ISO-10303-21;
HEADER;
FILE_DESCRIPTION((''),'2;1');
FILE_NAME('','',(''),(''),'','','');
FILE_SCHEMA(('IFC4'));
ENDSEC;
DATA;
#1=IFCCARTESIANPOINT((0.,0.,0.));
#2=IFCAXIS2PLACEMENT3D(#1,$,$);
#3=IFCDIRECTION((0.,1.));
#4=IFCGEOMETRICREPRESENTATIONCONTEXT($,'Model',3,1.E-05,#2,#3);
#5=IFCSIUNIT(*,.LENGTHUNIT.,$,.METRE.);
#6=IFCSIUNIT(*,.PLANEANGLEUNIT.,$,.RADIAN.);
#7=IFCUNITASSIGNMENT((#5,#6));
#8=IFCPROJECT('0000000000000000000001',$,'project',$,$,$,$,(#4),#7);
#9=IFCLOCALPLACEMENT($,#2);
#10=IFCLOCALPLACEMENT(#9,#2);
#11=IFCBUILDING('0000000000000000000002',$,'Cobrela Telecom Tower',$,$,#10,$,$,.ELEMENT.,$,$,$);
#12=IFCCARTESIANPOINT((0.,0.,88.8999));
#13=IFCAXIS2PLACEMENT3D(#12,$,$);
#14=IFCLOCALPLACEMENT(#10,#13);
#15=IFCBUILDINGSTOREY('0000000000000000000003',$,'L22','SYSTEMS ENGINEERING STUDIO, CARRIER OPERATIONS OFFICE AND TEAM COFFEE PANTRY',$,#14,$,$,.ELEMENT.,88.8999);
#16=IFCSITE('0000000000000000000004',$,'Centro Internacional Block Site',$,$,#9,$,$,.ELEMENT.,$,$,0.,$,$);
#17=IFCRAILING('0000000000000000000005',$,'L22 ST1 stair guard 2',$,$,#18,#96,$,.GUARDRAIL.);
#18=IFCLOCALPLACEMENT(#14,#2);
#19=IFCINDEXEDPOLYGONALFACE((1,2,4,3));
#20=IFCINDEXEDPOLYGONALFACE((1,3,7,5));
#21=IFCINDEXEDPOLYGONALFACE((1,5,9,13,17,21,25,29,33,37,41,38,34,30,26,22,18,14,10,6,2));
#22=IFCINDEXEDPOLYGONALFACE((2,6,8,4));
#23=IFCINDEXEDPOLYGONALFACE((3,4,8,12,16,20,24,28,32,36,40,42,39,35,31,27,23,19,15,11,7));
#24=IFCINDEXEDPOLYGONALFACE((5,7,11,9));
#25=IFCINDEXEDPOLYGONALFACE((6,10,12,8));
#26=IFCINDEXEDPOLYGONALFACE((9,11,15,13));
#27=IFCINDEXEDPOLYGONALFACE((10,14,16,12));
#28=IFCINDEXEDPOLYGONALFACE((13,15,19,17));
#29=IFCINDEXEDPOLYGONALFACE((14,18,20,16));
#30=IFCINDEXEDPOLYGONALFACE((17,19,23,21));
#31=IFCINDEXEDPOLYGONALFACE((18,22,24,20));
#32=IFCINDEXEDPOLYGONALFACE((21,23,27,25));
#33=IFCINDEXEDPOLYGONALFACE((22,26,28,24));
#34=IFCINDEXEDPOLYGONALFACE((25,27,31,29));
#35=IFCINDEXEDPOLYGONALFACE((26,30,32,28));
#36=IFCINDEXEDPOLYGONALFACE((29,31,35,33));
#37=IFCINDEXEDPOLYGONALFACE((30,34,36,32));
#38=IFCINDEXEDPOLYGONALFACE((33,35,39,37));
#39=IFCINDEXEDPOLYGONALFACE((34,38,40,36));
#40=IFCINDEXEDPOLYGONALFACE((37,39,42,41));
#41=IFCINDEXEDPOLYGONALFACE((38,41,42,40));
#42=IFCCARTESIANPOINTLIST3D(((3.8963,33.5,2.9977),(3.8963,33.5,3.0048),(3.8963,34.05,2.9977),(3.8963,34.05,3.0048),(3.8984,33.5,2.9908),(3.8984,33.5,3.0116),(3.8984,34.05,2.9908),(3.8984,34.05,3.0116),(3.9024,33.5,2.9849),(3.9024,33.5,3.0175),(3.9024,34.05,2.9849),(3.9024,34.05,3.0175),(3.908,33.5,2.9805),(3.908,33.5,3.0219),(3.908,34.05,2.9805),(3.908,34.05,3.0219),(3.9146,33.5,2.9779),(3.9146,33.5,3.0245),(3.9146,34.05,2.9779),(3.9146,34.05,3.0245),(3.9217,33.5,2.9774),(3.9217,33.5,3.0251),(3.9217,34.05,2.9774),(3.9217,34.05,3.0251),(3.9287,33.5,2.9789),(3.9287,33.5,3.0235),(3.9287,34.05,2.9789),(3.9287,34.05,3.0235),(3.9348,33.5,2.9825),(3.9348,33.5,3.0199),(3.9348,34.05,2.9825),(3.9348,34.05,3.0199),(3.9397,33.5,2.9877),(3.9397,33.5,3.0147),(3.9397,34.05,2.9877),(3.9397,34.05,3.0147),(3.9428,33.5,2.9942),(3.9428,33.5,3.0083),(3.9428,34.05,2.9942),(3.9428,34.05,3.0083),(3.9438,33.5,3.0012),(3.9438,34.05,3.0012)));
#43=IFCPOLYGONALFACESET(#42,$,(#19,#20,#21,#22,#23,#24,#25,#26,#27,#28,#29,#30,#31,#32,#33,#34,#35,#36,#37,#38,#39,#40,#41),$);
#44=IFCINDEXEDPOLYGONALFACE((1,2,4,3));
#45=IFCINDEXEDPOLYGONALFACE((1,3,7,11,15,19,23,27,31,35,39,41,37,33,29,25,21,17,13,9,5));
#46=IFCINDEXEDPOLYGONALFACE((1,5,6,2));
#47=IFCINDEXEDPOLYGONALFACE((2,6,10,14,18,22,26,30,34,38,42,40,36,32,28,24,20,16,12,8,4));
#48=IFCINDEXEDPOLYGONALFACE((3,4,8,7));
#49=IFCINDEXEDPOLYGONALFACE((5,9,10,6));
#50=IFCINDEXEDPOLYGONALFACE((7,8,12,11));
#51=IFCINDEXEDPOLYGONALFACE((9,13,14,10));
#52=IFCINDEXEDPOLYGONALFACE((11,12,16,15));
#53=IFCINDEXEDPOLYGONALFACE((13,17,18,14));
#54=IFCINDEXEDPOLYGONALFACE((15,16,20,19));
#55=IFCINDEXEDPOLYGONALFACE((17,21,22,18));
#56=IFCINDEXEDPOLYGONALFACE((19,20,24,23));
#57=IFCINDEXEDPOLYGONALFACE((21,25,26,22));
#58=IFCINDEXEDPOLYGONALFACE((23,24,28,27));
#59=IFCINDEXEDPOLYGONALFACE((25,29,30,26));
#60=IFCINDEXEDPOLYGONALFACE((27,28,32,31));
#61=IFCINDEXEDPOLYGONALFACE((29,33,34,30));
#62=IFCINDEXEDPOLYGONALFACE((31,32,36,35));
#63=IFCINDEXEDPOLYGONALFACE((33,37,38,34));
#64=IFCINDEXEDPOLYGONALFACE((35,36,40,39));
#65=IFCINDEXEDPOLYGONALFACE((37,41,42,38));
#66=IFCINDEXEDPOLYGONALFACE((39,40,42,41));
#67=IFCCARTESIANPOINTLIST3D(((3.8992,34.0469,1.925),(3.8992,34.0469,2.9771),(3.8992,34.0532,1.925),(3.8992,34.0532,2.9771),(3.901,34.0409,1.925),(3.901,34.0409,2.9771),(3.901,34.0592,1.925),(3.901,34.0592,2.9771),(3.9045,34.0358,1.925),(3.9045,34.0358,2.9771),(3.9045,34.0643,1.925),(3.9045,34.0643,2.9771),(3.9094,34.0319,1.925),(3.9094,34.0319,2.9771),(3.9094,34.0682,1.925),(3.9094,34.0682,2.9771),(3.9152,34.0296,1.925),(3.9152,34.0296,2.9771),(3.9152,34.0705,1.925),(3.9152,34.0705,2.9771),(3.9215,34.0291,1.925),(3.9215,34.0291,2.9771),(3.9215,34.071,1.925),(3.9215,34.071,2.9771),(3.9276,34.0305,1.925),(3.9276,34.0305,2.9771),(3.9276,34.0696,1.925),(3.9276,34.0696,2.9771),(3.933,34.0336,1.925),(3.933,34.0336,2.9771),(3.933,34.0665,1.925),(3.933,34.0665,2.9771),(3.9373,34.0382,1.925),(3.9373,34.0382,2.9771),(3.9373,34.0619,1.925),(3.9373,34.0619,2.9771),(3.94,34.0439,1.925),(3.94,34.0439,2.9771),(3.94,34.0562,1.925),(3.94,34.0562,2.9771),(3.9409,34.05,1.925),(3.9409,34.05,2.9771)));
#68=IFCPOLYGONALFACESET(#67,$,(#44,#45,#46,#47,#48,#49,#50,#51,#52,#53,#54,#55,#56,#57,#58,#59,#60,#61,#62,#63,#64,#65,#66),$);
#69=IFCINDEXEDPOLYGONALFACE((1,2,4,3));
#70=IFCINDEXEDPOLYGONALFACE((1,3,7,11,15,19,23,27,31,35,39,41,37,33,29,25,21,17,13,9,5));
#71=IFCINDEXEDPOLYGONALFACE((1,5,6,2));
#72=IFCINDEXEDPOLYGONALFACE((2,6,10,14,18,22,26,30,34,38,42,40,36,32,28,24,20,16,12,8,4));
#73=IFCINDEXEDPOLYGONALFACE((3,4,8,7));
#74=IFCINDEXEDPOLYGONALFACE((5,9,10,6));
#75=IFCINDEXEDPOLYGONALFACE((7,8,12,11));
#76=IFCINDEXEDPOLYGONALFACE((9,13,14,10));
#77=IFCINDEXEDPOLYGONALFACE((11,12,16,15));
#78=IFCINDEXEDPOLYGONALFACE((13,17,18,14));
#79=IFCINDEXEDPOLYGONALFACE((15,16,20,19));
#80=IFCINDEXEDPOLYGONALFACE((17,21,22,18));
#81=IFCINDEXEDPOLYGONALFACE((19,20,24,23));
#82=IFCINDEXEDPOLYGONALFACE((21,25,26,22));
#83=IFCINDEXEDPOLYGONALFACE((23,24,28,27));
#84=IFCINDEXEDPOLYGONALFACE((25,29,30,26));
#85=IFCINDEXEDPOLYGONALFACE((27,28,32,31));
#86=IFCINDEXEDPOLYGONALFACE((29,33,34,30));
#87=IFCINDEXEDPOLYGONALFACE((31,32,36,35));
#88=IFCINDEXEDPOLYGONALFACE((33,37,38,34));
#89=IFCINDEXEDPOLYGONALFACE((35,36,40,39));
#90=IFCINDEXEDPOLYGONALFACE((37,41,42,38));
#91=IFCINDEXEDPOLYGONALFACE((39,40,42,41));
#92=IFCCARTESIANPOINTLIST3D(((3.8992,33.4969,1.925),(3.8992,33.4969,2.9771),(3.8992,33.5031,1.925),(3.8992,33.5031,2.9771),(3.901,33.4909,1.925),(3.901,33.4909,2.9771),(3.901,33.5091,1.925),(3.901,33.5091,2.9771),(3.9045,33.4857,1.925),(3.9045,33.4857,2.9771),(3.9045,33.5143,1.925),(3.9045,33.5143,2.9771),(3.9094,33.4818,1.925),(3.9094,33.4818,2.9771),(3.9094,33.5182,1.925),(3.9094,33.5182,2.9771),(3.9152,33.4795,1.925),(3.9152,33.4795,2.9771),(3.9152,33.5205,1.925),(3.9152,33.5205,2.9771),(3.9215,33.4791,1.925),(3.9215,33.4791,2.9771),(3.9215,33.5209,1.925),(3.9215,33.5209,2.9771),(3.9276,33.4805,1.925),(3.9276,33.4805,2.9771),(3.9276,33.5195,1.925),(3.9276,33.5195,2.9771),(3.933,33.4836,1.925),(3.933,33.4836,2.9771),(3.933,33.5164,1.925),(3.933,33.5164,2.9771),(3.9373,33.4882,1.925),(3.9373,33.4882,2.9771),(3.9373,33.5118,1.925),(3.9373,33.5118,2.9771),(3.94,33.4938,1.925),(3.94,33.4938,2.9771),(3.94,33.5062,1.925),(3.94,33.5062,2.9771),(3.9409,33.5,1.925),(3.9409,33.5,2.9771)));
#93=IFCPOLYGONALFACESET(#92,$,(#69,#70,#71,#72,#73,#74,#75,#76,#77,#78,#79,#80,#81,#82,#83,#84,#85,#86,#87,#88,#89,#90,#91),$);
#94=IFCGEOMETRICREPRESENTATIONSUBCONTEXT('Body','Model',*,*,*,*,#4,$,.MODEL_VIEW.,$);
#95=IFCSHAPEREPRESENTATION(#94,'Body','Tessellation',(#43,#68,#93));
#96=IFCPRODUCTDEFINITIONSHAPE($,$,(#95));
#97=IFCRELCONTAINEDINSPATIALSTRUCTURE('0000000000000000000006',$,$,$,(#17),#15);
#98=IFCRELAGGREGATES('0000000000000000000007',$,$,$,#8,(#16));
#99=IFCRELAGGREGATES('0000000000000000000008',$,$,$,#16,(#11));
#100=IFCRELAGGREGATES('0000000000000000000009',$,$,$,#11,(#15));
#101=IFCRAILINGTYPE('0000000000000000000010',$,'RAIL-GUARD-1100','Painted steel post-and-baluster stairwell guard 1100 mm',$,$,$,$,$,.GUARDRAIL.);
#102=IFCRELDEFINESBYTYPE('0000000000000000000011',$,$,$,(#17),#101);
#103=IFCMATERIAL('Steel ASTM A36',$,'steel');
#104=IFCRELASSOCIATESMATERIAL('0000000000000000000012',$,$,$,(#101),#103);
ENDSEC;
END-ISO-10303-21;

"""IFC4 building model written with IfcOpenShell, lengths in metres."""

from ifc_helpers import new_model, si_unit, direction, frame, origin, origin_2d, place, context, subcontext, project, spatial, circle, extrude, material, type_object, element, save


model = new_model("IFC4")

# Units and contexts
model_context = context("Model", 3, precision=1e-05, world=origin(), true_north=direction((0.0, 1.0)))
body_context = subcontext(model_context, "Body", "Model", "MODEL_VIEW")
ifc_project = project(units=[si_unit("LENGTHUNIT", "METRE"), si_unit("PLANEANGLEUNIT", "RADIAN")], contexts=[model_context])

# Site, building, storey
site_placement = place(None, origin())
site = spatial("IfcSite", under=ifc_project, at=site_placement, Name="Centro Internacional Block Site", CompositionType="ELEMENT", RefElevation=0.0)
building_placement = place(site_placement, origin())
building = spatial("IfcBuilding", under=site, at=building_placement, Name="Cobrela Telecom Tower", CompositionType="ELEMENT")
storey_placement = place(building_placement, frame((0.0, 0.0, 88.8999)))
storey = spatial("IfcBuildingStorey", under=building, at=storey_placement, Name="L22", Description="SYSTEMS ENGINEERING STUDIO, CARRIER OPERATIONS OFFICE AND TEAM COFFEE PANTRY", CompositionType="ELEMENT", Elevation=88.8999)

# Shared definitions
ifc_material_1 = material(Name="Steel ASTM A36", Category="steel")

# Railing
railing_type_1 = type_object("IfcRailingType", Name="RAIL-GUARD-1100", Description="Painted steel post-and-baluster stairwell guard 1100 mm", PredefinedType="GUARDRAIL", material=ifc_material_1)
railing_1_placement = place(storey_placement, frame((3.9199, 34.05, 1.925)))
element("IfcRailing", 1, at=railing_1_placement, inside=storey, type_object=railing_type_1, Name="L22 ST1 stair guard 2", PredefinedType="GUARDRAIL", context=body_context, shape_type="SweptSolid", body=[
    extrude(circle(Radius=0.0239, at=origin_2d()), frame((0.0, 0.0, 1.0762), z_axis=(0.0, -1.0, 0.0), x_axis=(1.0, 0.0, 0.0)), (0.0, 0.0, 1.0), 0.55),
    extrude(circle(Radius=0.021, at=origin_2d()), origin(), (0.0, 0.0, 1.0), 1.052),
    extrude(circle(Radius=0.021, at=origin_2d()), frame((0.0, -0.55, 0.0)), (0.0, 0.0, 1.0), 1.052),
])

save(model, "model.ifc")
